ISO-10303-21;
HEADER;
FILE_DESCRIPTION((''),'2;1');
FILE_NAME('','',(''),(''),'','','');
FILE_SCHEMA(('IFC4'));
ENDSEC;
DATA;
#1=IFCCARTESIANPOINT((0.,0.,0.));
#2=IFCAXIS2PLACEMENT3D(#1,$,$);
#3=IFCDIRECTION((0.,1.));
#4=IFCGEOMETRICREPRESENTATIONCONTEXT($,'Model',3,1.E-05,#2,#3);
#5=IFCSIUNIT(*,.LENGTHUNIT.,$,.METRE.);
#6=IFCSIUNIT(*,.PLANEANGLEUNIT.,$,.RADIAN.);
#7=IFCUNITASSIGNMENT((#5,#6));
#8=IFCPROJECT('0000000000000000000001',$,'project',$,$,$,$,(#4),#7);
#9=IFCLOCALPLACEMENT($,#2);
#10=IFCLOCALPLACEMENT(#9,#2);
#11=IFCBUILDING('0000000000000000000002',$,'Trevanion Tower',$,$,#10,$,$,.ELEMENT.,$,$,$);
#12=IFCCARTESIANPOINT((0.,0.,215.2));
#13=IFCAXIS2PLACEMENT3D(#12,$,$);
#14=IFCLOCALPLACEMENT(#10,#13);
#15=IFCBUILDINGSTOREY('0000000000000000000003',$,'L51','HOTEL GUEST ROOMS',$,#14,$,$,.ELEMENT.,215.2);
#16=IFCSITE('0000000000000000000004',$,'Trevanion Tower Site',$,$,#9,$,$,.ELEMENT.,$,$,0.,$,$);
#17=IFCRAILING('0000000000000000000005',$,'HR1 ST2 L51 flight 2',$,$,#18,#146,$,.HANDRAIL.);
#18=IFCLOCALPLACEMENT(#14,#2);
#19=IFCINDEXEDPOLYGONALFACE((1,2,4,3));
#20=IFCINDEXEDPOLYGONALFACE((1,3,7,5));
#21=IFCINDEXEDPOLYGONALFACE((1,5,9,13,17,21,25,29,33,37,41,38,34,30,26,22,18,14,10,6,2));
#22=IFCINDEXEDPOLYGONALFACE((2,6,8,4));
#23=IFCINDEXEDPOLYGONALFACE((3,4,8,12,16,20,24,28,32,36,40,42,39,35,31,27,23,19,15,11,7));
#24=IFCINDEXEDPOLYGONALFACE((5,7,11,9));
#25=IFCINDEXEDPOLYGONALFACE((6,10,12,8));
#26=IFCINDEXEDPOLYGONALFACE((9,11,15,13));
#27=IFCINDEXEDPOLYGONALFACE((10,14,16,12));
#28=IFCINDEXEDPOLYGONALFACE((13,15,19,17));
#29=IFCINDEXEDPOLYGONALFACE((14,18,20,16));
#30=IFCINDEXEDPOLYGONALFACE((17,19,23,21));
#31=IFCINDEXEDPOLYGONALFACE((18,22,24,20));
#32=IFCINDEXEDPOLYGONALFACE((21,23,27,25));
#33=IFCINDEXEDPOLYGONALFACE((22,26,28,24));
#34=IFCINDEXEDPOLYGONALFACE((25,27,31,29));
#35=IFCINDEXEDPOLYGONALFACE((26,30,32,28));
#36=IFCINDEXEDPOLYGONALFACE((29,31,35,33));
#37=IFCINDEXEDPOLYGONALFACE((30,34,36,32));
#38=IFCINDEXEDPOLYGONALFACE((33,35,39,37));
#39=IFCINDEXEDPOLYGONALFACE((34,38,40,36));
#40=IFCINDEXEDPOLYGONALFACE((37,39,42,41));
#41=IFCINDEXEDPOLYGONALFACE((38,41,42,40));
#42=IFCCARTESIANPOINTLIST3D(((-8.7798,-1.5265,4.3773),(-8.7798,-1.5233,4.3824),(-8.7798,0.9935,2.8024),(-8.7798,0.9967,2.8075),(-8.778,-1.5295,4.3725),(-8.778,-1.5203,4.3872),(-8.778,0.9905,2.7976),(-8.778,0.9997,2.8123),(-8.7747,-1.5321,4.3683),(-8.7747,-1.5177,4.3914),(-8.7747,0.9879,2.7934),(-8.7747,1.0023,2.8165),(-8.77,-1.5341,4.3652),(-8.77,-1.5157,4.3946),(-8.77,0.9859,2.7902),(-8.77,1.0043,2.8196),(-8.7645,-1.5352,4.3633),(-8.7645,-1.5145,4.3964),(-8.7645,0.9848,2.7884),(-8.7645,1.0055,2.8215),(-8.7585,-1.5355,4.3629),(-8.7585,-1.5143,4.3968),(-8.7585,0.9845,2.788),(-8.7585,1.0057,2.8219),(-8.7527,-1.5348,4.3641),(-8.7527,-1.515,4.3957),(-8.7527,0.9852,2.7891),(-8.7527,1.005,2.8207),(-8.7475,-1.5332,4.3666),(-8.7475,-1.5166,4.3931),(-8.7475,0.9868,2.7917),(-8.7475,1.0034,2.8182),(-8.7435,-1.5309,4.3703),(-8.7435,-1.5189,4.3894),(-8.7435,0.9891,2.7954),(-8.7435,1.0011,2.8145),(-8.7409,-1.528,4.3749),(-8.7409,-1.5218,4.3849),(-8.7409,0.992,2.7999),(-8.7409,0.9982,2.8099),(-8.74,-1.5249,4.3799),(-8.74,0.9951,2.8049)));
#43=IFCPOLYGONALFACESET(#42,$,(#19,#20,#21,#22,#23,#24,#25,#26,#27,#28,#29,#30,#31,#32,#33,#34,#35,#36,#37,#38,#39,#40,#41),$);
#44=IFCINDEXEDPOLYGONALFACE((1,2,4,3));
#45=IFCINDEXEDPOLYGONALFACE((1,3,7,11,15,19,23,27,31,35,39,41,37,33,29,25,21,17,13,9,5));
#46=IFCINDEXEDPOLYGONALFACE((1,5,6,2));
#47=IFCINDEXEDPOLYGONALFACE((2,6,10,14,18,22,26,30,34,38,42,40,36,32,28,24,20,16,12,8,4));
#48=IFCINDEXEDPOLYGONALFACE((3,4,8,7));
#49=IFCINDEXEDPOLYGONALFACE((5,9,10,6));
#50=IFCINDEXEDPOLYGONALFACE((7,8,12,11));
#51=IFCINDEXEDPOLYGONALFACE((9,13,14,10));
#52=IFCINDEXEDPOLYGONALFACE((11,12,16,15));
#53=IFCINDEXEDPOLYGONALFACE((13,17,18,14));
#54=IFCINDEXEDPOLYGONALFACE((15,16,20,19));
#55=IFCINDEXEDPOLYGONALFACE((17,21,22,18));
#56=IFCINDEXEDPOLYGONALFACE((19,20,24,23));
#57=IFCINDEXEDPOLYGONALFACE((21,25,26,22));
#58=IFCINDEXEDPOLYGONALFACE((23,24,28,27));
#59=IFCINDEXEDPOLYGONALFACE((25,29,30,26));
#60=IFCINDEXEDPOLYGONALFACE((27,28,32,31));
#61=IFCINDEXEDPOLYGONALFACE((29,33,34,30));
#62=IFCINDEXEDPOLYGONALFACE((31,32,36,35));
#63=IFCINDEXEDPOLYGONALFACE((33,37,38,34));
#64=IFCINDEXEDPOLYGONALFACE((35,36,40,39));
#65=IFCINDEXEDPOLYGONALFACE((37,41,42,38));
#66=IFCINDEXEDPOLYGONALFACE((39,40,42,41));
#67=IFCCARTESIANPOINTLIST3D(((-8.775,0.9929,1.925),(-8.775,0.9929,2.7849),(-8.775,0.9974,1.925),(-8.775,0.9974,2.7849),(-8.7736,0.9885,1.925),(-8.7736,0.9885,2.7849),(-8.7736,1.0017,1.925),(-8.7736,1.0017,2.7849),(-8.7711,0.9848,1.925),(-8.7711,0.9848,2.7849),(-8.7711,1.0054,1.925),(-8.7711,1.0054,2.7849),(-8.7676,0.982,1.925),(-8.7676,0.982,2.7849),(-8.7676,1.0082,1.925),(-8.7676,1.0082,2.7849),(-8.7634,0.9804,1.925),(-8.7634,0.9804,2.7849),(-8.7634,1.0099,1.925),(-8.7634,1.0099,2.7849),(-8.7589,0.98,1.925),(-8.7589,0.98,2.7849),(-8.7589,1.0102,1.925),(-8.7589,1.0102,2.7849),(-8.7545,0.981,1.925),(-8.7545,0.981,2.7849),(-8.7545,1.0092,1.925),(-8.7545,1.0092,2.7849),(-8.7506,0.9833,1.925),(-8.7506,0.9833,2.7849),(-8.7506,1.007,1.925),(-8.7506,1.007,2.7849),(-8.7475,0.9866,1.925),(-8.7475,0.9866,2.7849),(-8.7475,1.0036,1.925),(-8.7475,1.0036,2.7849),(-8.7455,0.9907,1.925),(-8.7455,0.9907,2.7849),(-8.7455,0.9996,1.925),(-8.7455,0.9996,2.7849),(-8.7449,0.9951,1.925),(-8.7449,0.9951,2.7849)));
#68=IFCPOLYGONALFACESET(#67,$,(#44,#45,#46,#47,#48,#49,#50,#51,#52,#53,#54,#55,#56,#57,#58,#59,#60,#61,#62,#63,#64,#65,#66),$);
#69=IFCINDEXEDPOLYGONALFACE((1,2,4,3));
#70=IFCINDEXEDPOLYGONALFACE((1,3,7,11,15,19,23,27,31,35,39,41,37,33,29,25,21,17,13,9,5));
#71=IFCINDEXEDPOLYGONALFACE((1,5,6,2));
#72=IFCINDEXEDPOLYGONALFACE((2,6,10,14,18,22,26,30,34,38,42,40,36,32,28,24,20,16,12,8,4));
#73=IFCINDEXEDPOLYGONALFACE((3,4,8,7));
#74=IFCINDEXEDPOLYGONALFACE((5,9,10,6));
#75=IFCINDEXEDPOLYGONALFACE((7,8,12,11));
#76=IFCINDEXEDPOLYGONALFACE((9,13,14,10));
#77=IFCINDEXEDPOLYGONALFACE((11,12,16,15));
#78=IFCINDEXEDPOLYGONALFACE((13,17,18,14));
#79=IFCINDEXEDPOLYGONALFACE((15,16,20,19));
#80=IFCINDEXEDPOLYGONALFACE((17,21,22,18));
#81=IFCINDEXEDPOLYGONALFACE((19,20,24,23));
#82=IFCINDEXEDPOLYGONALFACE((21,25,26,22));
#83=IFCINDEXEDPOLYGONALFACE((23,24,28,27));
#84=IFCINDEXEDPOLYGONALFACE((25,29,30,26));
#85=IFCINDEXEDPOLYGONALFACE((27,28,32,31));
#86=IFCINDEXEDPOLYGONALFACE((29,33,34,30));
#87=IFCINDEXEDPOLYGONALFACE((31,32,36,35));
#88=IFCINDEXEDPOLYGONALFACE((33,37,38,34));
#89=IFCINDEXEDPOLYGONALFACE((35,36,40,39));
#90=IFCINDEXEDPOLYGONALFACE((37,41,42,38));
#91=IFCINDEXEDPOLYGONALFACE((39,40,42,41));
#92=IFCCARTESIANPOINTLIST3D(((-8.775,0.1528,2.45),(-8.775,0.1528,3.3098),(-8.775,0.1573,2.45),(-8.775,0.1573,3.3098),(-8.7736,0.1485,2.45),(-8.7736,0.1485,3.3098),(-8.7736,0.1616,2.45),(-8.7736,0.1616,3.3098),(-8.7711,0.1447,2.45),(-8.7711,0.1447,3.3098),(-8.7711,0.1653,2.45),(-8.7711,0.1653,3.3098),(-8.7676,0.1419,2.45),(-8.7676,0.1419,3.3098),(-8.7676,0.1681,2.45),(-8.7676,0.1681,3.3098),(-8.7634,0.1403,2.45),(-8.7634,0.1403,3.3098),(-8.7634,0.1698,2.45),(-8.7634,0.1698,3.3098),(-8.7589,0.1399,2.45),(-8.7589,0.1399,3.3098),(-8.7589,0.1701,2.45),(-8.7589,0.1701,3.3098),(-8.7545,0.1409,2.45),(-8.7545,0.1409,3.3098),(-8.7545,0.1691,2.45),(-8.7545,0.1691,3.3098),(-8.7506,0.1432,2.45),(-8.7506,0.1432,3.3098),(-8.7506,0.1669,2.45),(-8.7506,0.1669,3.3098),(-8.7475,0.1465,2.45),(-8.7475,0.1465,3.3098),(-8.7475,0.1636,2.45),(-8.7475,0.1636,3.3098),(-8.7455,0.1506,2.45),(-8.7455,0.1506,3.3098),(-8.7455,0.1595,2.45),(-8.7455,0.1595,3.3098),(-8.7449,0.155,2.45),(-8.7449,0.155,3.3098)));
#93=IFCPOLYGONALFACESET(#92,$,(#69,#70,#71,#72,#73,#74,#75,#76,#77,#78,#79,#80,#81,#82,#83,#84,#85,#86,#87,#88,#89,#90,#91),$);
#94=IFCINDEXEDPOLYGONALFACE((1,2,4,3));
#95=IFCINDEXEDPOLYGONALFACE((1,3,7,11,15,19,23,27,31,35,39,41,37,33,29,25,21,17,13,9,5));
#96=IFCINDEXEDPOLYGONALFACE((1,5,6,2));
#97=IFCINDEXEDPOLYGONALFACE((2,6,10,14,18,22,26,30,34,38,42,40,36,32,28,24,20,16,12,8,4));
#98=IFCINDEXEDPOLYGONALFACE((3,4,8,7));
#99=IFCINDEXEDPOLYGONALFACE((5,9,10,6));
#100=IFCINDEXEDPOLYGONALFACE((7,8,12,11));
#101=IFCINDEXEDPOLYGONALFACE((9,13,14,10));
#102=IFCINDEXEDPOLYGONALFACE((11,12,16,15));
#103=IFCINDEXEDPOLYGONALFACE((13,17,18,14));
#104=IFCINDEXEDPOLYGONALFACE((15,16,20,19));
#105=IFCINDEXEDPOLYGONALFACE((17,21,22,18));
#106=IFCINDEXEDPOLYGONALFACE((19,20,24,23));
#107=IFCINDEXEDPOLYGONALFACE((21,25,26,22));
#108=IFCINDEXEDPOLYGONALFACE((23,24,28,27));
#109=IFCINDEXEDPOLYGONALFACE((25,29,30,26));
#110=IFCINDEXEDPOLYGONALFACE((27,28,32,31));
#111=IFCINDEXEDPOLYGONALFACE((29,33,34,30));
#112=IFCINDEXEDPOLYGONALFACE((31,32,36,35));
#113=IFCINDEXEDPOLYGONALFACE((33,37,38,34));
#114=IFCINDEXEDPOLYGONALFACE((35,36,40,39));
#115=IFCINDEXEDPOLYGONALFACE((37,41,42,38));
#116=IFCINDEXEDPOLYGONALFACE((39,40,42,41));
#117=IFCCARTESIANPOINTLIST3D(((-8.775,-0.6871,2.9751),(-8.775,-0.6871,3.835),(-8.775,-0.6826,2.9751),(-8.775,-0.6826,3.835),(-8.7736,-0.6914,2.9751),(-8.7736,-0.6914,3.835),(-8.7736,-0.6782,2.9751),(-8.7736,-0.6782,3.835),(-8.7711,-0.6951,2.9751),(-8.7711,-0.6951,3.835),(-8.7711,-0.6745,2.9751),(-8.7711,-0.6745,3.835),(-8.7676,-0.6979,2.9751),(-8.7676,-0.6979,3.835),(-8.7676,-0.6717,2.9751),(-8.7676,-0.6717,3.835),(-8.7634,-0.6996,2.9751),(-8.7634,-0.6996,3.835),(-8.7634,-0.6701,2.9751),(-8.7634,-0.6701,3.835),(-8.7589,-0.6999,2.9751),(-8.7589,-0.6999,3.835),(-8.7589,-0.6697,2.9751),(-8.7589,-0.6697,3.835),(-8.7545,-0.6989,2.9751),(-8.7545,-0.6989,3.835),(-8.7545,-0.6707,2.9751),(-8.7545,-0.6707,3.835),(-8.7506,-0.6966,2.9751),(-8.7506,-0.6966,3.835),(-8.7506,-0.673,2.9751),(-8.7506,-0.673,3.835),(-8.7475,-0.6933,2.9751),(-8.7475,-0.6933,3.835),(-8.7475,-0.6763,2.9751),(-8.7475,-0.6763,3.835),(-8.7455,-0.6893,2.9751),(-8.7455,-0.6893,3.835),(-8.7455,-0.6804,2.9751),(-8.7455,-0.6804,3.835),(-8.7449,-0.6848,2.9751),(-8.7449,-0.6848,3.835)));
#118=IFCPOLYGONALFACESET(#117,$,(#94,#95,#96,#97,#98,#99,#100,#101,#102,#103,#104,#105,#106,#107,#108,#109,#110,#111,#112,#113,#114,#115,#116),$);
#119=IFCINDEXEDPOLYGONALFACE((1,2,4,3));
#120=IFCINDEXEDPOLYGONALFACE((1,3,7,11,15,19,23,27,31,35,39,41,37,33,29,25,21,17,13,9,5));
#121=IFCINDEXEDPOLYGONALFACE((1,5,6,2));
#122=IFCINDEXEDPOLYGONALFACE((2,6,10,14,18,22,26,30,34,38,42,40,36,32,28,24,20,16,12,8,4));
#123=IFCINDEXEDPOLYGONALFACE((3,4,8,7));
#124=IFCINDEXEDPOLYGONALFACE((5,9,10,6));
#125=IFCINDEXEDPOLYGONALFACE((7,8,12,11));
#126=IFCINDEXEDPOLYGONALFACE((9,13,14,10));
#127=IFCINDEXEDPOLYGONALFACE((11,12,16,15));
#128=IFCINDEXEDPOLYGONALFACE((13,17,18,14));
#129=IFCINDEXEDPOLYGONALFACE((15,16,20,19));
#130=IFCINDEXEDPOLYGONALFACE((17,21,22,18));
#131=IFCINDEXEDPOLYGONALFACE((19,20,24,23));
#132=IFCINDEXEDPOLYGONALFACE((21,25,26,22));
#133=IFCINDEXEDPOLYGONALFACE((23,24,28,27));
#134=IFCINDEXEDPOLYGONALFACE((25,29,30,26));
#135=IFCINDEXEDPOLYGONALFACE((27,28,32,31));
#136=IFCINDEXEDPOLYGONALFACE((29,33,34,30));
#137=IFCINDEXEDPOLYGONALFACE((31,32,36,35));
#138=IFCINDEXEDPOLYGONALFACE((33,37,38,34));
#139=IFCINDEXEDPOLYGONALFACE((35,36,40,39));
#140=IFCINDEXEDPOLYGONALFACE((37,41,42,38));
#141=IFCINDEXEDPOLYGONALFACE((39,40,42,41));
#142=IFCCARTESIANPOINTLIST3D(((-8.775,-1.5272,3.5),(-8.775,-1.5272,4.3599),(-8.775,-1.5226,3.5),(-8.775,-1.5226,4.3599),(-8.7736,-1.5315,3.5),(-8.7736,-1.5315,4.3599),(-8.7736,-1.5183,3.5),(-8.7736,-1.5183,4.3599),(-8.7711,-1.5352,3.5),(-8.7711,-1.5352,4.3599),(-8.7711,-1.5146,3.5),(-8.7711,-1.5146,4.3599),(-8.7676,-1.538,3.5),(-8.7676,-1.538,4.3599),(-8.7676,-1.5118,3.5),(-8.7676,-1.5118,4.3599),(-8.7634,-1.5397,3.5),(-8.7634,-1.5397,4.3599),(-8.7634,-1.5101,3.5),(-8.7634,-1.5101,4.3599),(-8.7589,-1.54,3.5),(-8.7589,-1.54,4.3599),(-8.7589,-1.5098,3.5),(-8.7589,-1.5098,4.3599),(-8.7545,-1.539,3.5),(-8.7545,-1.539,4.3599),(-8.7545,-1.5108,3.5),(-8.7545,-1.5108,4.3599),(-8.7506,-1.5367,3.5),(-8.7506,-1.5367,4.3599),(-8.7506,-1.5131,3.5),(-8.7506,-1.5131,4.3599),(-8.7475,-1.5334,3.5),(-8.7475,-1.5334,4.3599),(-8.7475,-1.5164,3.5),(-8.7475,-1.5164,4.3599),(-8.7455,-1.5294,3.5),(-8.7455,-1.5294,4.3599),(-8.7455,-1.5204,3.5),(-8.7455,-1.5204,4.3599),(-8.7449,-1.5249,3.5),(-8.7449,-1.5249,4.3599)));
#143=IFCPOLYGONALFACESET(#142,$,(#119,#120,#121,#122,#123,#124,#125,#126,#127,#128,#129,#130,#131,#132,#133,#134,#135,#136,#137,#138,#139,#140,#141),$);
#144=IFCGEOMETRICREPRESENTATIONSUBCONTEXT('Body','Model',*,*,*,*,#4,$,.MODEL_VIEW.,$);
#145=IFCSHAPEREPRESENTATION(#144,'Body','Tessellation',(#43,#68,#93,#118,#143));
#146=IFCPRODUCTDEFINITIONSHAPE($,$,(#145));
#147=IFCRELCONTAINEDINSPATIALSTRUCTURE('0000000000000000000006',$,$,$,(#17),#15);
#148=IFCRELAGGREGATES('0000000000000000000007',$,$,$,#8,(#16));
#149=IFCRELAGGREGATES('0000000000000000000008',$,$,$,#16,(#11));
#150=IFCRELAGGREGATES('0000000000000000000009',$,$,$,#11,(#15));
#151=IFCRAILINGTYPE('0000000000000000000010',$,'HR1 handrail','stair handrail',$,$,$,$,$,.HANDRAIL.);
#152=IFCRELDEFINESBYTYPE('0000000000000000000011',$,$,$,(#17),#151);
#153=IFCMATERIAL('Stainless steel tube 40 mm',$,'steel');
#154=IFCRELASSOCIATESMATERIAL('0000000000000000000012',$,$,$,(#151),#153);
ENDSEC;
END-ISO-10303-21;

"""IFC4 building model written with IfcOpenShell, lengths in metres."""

from ifc_helpers import new_model, si_unit, direction, frame, origin, origin_2d, place, context, subcontext, project, spatial, circle, extrude, material, type_object, element, save


model = new_model("IFC4")

# Units and contexts
model_context = context("Model", 3, precision=1e-05, world=origin(), true_north=direction((0.0, 1.0)))
body_context = subcontext(model_context, "Body", "Model", "MODEL_VIEW")
ifc_project = project(units=[si_unit("LENGTHUNIT", "METRE"), si_unit("PLANEANGLEUNIT", "RADIAN")], contexts=[model_context])

# Site, building, storey
site_placement = place(None, origin())
site = spatial("IfcSite", under=ifc_project, at=site_placement, Name="Trevanion Tower Site", CompositionType="ELEMENT", RefElevation=0.0)
building_placement = place(site_placement, origin())
building = spatial("IfcBuilding", under=site, at=building_placement, Name="Trevanion Tower", CompositionType="ELEMENT")
storey_placement = place(building_placement, frame((0.0, 0.0, 215.2)))
storey = spatial("IfcBuildingStorey", under=building, at=storey_placement, Name="L51", Description="HOTEL GUEST ROOMS", CompositionType="ELEMENT", Elevation=215.2)

# Railing
ifc_material_1 = material(Name="Stainless steel tube 40 mm", Category="steel")
railing_type = type_object("IfcRailingType", Name="HR1 handrail", Description="stair handrail", PredefinedType="HANDRAIL", material=ifc_material_1)
railing_placement = place(storey_placement, frame((-8.76, 0.9951, 1.925)))
element("IfcRailing", 1, at=railing_placement, inside=storey, type_object=railing_type, Name="HR1 ST2 L51 flight 2", PredefinedType="HANDRAIL", context=body_context, shape_type="SweptSolid", body=[
    extrude(circle(Radius=0.02, at=origin_2d()), frame((0.0, 0.0, 0.8799), z_axis=(0.0, -0.848008, 0.529984), x_axis=(1.0, 0.0, 0.0)), (0.0, 0.0, 1.0), 2.9717),
    extrude(circle(Radius=0.0151, at=origin_2d()), origin(), (0.0, 0.0, 1.0), 0.8599),
    extrude(circle(Radius=0.0151, at=origin_2d()), frame((0.0, -0.8401, 0.5249)), (0.0, 0.0, 1.0), 0.8599),
    extrude(circle(Radius=0.0151, at=origin_2d()), frame((0.0, -1.6799, 1.05)), (0.0, 0.0, 1.0), 0.8599),
    extrude(circle(Radius=0.0151, at=origin_2d()), frame((0.0, -2.52, 1.575)), (0.0, 0.0, 1.0), 0.8599),
])

save(model, "model.ifc")
